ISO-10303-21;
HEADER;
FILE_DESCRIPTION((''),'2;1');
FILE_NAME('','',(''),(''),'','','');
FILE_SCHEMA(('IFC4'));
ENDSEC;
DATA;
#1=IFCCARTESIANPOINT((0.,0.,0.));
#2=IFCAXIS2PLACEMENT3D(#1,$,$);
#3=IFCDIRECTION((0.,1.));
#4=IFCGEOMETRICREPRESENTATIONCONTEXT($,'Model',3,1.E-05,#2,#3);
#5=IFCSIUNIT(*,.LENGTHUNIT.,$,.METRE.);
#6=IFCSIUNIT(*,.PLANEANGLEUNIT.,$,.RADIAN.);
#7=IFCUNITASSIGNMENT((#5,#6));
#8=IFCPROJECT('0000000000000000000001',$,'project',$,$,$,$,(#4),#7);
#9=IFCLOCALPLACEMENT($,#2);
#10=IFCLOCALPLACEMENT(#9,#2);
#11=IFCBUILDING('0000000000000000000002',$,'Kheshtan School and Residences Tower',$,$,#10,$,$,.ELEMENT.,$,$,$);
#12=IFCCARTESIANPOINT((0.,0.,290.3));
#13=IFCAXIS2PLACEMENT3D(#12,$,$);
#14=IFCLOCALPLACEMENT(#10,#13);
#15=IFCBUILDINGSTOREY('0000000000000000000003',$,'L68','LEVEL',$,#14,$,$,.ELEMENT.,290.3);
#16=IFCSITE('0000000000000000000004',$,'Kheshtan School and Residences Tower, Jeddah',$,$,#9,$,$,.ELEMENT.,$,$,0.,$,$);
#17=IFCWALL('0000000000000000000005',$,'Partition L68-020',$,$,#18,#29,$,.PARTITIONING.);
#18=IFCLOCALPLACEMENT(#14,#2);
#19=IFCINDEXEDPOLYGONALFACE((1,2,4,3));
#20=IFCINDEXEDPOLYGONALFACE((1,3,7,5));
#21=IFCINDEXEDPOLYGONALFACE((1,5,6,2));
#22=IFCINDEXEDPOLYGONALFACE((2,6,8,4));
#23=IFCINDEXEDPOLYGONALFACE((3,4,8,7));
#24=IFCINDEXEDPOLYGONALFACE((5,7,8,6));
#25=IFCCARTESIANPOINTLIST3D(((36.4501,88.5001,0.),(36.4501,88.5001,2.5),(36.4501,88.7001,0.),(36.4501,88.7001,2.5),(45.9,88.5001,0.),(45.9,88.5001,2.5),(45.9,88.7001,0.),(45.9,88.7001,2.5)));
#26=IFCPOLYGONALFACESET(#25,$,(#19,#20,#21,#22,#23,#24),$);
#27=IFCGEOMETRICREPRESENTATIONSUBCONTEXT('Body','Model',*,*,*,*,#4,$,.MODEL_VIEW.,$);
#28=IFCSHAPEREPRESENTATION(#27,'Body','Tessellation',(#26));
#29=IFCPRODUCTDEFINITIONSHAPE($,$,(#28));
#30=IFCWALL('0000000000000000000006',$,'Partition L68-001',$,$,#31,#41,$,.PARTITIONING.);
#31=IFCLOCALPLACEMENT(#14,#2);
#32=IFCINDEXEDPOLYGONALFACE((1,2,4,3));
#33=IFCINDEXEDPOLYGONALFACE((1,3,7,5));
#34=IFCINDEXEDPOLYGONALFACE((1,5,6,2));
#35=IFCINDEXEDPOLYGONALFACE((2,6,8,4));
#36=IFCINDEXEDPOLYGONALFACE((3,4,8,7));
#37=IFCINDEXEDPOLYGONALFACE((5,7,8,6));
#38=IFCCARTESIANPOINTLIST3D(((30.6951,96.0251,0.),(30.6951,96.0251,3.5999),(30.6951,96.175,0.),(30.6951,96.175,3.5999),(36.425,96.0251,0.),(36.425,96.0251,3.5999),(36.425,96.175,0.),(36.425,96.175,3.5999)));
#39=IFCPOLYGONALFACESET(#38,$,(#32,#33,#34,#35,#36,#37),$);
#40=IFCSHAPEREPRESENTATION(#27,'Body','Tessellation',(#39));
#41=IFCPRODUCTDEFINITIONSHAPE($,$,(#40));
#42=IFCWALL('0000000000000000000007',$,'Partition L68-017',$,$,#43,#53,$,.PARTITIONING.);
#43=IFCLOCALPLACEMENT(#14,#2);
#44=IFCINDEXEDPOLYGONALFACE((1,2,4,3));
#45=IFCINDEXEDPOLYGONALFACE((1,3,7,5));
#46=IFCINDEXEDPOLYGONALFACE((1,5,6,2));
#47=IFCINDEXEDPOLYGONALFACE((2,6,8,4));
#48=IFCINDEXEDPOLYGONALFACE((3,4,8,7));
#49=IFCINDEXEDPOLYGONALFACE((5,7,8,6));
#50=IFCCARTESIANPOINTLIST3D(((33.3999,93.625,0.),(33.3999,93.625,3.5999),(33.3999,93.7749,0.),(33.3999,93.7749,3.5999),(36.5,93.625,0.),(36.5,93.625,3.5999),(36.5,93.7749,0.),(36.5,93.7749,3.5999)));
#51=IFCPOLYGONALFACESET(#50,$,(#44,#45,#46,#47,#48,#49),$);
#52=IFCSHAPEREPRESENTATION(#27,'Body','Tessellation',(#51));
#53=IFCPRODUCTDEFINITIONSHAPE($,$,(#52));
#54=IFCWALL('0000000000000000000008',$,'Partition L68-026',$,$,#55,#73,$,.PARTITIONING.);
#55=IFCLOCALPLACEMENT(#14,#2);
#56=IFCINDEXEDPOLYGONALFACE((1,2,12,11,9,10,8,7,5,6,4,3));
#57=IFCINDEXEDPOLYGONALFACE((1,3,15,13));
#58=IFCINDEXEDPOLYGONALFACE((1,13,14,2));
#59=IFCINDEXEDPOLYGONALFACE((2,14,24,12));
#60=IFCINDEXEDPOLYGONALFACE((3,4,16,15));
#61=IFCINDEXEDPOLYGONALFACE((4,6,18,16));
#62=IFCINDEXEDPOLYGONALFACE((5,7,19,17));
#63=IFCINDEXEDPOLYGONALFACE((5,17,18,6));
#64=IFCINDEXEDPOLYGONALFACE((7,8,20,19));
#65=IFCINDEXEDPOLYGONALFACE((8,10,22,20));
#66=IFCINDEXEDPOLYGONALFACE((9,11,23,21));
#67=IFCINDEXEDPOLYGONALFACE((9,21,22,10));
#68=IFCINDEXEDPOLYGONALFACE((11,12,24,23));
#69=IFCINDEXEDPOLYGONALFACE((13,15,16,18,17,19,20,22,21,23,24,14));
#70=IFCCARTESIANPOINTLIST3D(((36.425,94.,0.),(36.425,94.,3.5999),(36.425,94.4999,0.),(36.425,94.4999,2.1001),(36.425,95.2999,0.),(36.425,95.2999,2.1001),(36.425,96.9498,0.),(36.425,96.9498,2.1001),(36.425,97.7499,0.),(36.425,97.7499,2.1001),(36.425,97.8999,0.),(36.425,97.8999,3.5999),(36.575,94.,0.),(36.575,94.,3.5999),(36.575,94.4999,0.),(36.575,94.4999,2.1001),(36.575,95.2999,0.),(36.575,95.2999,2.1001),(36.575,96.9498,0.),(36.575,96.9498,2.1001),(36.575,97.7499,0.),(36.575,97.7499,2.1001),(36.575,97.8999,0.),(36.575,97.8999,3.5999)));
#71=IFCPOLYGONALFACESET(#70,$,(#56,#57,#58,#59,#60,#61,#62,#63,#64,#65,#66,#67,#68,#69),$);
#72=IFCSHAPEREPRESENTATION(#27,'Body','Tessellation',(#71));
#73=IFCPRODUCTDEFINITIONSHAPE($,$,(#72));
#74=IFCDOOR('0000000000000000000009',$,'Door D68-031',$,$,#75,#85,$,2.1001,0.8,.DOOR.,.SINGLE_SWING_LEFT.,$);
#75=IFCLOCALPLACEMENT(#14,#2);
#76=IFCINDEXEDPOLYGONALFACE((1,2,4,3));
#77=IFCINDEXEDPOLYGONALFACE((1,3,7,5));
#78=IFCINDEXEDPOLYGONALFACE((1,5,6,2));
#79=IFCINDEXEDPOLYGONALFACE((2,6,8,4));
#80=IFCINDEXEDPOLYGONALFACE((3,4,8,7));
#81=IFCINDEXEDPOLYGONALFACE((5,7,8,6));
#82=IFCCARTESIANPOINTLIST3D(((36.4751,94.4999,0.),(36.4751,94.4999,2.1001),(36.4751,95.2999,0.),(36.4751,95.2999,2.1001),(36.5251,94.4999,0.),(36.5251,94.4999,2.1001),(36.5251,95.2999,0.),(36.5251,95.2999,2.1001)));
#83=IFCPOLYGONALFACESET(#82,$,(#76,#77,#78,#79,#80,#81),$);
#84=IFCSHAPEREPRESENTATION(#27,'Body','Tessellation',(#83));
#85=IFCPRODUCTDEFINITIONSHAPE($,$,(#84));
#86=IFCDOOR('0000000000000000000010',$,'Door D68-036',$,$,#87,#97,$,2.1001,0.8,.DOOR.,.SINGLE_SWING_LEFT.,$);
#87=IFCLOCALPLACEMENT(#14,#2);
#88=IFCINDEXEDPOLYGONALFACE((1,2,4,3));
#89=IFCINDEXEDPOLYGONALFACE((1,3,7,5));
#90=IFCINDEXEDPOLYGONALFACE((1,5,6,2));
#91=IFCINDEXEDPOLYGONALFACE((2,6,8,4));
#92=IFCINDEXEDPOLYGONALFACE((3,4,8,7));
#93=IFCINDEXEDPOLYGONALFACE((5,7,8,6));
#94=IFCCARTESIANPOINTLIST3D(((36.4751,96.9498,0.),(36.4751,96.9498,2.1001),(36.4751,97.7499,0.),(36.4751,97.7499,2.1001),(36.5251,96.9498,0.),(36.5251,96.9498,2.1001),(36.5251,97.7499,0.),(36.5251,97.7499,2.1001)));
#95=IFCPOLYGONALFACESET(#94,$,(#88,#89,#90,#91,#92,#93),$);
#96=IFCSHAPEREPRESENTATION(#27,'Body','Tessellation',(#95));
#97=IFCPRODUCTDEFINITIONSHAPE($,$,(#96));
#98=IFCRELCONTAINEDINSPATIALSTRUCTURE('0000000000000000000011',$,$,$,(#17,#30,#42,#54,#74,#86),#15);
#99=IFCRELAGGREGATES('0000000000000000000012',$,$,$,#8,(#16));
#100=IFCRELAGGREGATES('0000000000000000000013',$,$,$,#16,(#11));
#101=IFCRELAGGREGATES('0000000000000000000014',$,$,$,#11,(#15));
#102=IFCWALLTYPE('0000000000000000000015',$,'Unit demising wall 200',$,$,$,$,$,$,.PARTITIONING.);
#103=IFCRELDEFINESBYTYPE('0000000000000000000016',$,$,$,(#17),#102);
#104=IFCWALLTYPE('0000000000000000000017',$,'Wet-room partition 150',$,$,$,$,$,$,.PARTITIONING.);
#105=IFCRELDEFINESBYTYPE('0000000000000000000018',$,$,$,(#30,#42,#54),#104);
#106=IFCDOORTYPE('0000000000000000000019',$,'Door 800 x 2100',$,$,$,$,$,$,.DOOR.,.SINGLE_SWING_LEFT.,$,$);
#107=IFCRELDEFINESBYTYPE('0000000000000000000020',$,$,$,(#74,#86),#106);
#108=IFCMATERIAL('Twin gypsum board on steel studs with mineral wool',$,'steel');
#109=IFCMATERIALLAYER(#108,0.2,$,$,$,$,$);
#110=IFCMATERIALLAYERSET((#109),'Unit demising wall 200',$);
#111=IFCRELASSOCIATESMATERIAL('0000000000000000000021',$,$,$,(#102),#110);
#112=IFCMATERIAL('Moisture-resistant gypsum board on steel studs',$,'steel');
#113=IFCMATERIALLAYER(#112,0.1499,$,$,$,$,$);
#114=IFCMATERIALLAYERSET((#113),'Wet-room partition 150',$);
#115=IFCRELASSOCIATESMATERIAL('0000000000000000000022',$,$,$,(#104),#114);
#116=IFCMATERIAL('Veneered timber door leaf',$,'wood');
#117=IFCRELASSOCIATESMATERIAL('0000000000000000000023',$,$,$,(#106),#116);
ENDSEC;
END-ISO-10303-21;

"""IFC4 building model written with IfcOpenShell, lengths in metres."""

from ifc_helpers import new_model, si_unit, direction, frame, frame_2d, origin, place, context, subcontext, project, spatial, rectangle, extrude, source, transform, mapped, material, layer, layer_set, type_object, element, fill, save


model = new_model("IFC4")

# Units and contexts
model_context = context("Model", 3, precision=1e-05, world=origin(), true_north=direction((0.0, 1.0)))
body_context = subcontext(model_context, "Body", "Model", "MODEL_VIEW")
ifc_project = project(units=[si_unit("LENGTHUNIT", "METRE"), si_unit("PLANEANGLEUNIT", "RADIAN")], contexts=[model_context])

# Site, building, storey
site_placement = place(None, origin())
site = spatial("IfcSite", under=ifc_project, at=site_placement, Name="Kheshtan School and Residences Tower, Jeddah", CompositionType="ELEMENT", RefElevation=0.0)
building_placement = place(site_placement, origin())
building = spatial("IfcBuilding", under=site, at=building_placement, Name="Kheshtan School and Residences Tower", CompositionType="ELEMENT")
storey_placement = place(building_placement, frame((0.0, 0.0, 290.3)))
storey = spatial("IfcBuildingStorey", under=building, at=storey_placement, Name="L68", Description="LEVEL", CompositionType="ELEMENT", Elevation=290.3)

# Shared definitions
ifc_material_1 = material(Name="Veneered timber door leaf", Category="wood")

# Walls
ifc_material_2 = material(Name="Twin gypsum board on steel studs with mineral wool", Category="steel")
ifc_layer_1 = layer(ifc_material_2, 0.2)
ifc_layer_set_1 = layer_set([ifc_layer_1], Name="Unit demising wall 200")
wall_type_1 = type_object("IfcWallType", Name="Unit demising wall 200", PredefinedType="PARTITIONING", material=ifc_layer_set_1)
wall_1_placement = place(storey_placement, frame((36.45, 88.6001, 0.0), z_axis=(0.0, 0.0, 1.0), x_axis=(1.0, 0.0, 0.0)))
element("IfcWall", 1, at=wall_1_placement, inside=storey, type_object=wall_type_1, Name="Partition L68-020", PredefinedType="PARTITIONING", context=body_context, shape_type="SweptSolid", body=[
    extrude(rectangle(XDim=9.45, YDim=0.2, at=frame_2d((4.7251, 0.0))), origin(), (0.0, 0.0, 1.0), 2.5),
])
ifc_material_3 = material(Name="Moisture-resistant gypsum board on steel studs", Category="steel")
ifc_layer_2 = layer(ifc_material_3, 0.1499)
ifc_layer_set_2 = layer_set([ifc_layer_2], Name="Wet-room partition 150")
wall_type_2 = type_object("IfcWallType", Name="Wet-room partition 150", PredefinedType="PARTITIONING", material=ifc_layer_set_2)
wall_2_placement = place(storey_placement, frame((30.6951, 96.1001, 0.0), z_axis=(0.0, 0.0, 1.0), x_axis=(1.0, 0.0, 0.0)))
element("IfcWall", 2, at=wall_2_placement, inside=storey, type_object=wall_type_2, Name="Partition L68-001", PredefinedType="PARTITIONING", context=body_context, shape_type="SweptSolid", body=[
    extrude(rectangle(XDim=5.73, YDim=0.1499, at=frame_2d((2.865, 0.0))), origin(), (0.0, 0.0, 1.0), 3.5999),
])
wall_3_placement = place(storey_placement, frame((33.3999, 93.7, 0.0), z_axis=(0.0, 0.0, 1.0), x_axis=(1.0, 0.0, 0.0)))
element("IfcWall", 3, at=wall_3_placement, inside=storey, type_object=wall_type_2, Name="Partition L68-017", PredefinedType="PARTITIONING", context=body_context, shape_type="SweptSolid", body=[
    extrude(rectangle(XDim=3.1001, YDim=0.1499, at=frame_2d((1.55, 0.0))), origin(), (0.0, 0.0, 1.0), 3.5999),
])

# Wall, openings, doors
wall_4_placement = place(storey_placement, frame((36.5, 94.0, 0.0), z_axis=(0.0, 0.0, 1.0), x_axis=(0.0, 1.0, 0.0)))
wall_4 = element("IfcWall", 4, at=wall_4_placement, inside=storey, type_object=wall_type_2, Name="Partition L68-026", PredefinedType="PARTITIONING", context=body_context, shape_type="SweptSolid", body=[
    extrude(rectangle(XDim=3.8999, YDim=0.1499, at=frame_2d((1.95, 0.0))), origin(), (0.0, 0.0, 1.0), 3.5999),
])
opening_1_placement = place(wall_4_placement, frame((0.5, 0.0, 0.0)))
opening_1 = element("IfcOpeningElement", 5, at=opening_1_placement, cuts=wall_4, PredefinedType="OPENING", context=body_context, shape_type="SweptSolid", body=[
    extrude(rectangle(XDim=0.8, YDim=2.1001, at=frame_2d((0.3999, 1.05))), frame((0.0, 0.085, 0.0), z_axis=(0.0, -1.0, 0.0), x_axis=(1.0, 0.0, 0.0)), (0.0, 0.0, 1.0), 0.1699),
])
opening_2_placement = place(wall_4_placement, frame((2.95, 0.0, 0.0)))
opening_2 = element("IfcOpeningElement", 6, at=opening_2_placement, cuts=wall_4, PredefinedType="OPENING", context=body_context, shape_type="SweptSolid", body=[
    extrude(rectangle(XDim=0.8, YDim=2.1001, at=frame_2d((0.3999, 1.05))), frame((0.0, 0.085, 0.0), z_axis=(0.0, -1.0, 0.0), x_axis=(1.0, 0.0, 0.0)), (0.0, 0.0, 1.0), 0.1699),
])
door_type_1 = type_object("IfcDoorType", Name="Door 800 x 2100", OperationType="SINGLE_SWING_LEFT", PredefinedType="DOOR", material=ifc_material_1)
shared_shape_1 = source(origin(), body_context, "Body", "SweptSolid", [
    extrude(rectangle(XDim=0.8, YDim=2.1001, at=frame_2d((0.3999, 1.05))), frame((0.0, 0.0249, 0.0), z_axis=(0.0, -1.0, 0.0), x_axis=(1.0, 0.0, 0.0)), (0.0, 0.0, 1.0), 0.05),
])
door_1_placement = place(opening_1_placement, origin())
door_1 = element("IfcDoor", 7, at=door_1_placement, inside=storey, type_object=door_type_1, Name="Door D68-031", OperationType="SINGLE_SWING_LEFT", OverallHeight=2.1001, OverallWidth=0.8, PredefinedType="DOOR", context=body_context, shape_type="MappedRepresentation", body=[
    mapped(shared_shape_1, transform((0.0, 0.0, 0.0), x_axis=(1.0, 0.0, 0.0), y_axis=(0.0, 1.0, 0.0), z_axis=(0.0, 0.0, 1.0), scale=1.0)),
])
fill(opening_1, door_1)
door_2_placement = place(opening_2_placement, origin())
door_2 = element("IfcDoor", 8, at=door_2_placement, inside=storey, type_object=door_type_1, Name="Door D68-036", OperationType="SINGLE_SWING_LEFT", OverallHeight=2.1001, OverallWidth=0.8, PredefinedType="DOOR", context=body_context, shape_type="MappedRepresentation", body=[
    mapped(shared_shape_1, transform((0.0, 0.0, 0.0), x_axis=(1.0, 0.0, 0.0), y_axis=(0.0, 1.0, 0.0), z_axis=(0.0, 0.0, 1.0), scale=1.0)),
])
fill(opening_2, door_2)

save(model, "model.ifc")
